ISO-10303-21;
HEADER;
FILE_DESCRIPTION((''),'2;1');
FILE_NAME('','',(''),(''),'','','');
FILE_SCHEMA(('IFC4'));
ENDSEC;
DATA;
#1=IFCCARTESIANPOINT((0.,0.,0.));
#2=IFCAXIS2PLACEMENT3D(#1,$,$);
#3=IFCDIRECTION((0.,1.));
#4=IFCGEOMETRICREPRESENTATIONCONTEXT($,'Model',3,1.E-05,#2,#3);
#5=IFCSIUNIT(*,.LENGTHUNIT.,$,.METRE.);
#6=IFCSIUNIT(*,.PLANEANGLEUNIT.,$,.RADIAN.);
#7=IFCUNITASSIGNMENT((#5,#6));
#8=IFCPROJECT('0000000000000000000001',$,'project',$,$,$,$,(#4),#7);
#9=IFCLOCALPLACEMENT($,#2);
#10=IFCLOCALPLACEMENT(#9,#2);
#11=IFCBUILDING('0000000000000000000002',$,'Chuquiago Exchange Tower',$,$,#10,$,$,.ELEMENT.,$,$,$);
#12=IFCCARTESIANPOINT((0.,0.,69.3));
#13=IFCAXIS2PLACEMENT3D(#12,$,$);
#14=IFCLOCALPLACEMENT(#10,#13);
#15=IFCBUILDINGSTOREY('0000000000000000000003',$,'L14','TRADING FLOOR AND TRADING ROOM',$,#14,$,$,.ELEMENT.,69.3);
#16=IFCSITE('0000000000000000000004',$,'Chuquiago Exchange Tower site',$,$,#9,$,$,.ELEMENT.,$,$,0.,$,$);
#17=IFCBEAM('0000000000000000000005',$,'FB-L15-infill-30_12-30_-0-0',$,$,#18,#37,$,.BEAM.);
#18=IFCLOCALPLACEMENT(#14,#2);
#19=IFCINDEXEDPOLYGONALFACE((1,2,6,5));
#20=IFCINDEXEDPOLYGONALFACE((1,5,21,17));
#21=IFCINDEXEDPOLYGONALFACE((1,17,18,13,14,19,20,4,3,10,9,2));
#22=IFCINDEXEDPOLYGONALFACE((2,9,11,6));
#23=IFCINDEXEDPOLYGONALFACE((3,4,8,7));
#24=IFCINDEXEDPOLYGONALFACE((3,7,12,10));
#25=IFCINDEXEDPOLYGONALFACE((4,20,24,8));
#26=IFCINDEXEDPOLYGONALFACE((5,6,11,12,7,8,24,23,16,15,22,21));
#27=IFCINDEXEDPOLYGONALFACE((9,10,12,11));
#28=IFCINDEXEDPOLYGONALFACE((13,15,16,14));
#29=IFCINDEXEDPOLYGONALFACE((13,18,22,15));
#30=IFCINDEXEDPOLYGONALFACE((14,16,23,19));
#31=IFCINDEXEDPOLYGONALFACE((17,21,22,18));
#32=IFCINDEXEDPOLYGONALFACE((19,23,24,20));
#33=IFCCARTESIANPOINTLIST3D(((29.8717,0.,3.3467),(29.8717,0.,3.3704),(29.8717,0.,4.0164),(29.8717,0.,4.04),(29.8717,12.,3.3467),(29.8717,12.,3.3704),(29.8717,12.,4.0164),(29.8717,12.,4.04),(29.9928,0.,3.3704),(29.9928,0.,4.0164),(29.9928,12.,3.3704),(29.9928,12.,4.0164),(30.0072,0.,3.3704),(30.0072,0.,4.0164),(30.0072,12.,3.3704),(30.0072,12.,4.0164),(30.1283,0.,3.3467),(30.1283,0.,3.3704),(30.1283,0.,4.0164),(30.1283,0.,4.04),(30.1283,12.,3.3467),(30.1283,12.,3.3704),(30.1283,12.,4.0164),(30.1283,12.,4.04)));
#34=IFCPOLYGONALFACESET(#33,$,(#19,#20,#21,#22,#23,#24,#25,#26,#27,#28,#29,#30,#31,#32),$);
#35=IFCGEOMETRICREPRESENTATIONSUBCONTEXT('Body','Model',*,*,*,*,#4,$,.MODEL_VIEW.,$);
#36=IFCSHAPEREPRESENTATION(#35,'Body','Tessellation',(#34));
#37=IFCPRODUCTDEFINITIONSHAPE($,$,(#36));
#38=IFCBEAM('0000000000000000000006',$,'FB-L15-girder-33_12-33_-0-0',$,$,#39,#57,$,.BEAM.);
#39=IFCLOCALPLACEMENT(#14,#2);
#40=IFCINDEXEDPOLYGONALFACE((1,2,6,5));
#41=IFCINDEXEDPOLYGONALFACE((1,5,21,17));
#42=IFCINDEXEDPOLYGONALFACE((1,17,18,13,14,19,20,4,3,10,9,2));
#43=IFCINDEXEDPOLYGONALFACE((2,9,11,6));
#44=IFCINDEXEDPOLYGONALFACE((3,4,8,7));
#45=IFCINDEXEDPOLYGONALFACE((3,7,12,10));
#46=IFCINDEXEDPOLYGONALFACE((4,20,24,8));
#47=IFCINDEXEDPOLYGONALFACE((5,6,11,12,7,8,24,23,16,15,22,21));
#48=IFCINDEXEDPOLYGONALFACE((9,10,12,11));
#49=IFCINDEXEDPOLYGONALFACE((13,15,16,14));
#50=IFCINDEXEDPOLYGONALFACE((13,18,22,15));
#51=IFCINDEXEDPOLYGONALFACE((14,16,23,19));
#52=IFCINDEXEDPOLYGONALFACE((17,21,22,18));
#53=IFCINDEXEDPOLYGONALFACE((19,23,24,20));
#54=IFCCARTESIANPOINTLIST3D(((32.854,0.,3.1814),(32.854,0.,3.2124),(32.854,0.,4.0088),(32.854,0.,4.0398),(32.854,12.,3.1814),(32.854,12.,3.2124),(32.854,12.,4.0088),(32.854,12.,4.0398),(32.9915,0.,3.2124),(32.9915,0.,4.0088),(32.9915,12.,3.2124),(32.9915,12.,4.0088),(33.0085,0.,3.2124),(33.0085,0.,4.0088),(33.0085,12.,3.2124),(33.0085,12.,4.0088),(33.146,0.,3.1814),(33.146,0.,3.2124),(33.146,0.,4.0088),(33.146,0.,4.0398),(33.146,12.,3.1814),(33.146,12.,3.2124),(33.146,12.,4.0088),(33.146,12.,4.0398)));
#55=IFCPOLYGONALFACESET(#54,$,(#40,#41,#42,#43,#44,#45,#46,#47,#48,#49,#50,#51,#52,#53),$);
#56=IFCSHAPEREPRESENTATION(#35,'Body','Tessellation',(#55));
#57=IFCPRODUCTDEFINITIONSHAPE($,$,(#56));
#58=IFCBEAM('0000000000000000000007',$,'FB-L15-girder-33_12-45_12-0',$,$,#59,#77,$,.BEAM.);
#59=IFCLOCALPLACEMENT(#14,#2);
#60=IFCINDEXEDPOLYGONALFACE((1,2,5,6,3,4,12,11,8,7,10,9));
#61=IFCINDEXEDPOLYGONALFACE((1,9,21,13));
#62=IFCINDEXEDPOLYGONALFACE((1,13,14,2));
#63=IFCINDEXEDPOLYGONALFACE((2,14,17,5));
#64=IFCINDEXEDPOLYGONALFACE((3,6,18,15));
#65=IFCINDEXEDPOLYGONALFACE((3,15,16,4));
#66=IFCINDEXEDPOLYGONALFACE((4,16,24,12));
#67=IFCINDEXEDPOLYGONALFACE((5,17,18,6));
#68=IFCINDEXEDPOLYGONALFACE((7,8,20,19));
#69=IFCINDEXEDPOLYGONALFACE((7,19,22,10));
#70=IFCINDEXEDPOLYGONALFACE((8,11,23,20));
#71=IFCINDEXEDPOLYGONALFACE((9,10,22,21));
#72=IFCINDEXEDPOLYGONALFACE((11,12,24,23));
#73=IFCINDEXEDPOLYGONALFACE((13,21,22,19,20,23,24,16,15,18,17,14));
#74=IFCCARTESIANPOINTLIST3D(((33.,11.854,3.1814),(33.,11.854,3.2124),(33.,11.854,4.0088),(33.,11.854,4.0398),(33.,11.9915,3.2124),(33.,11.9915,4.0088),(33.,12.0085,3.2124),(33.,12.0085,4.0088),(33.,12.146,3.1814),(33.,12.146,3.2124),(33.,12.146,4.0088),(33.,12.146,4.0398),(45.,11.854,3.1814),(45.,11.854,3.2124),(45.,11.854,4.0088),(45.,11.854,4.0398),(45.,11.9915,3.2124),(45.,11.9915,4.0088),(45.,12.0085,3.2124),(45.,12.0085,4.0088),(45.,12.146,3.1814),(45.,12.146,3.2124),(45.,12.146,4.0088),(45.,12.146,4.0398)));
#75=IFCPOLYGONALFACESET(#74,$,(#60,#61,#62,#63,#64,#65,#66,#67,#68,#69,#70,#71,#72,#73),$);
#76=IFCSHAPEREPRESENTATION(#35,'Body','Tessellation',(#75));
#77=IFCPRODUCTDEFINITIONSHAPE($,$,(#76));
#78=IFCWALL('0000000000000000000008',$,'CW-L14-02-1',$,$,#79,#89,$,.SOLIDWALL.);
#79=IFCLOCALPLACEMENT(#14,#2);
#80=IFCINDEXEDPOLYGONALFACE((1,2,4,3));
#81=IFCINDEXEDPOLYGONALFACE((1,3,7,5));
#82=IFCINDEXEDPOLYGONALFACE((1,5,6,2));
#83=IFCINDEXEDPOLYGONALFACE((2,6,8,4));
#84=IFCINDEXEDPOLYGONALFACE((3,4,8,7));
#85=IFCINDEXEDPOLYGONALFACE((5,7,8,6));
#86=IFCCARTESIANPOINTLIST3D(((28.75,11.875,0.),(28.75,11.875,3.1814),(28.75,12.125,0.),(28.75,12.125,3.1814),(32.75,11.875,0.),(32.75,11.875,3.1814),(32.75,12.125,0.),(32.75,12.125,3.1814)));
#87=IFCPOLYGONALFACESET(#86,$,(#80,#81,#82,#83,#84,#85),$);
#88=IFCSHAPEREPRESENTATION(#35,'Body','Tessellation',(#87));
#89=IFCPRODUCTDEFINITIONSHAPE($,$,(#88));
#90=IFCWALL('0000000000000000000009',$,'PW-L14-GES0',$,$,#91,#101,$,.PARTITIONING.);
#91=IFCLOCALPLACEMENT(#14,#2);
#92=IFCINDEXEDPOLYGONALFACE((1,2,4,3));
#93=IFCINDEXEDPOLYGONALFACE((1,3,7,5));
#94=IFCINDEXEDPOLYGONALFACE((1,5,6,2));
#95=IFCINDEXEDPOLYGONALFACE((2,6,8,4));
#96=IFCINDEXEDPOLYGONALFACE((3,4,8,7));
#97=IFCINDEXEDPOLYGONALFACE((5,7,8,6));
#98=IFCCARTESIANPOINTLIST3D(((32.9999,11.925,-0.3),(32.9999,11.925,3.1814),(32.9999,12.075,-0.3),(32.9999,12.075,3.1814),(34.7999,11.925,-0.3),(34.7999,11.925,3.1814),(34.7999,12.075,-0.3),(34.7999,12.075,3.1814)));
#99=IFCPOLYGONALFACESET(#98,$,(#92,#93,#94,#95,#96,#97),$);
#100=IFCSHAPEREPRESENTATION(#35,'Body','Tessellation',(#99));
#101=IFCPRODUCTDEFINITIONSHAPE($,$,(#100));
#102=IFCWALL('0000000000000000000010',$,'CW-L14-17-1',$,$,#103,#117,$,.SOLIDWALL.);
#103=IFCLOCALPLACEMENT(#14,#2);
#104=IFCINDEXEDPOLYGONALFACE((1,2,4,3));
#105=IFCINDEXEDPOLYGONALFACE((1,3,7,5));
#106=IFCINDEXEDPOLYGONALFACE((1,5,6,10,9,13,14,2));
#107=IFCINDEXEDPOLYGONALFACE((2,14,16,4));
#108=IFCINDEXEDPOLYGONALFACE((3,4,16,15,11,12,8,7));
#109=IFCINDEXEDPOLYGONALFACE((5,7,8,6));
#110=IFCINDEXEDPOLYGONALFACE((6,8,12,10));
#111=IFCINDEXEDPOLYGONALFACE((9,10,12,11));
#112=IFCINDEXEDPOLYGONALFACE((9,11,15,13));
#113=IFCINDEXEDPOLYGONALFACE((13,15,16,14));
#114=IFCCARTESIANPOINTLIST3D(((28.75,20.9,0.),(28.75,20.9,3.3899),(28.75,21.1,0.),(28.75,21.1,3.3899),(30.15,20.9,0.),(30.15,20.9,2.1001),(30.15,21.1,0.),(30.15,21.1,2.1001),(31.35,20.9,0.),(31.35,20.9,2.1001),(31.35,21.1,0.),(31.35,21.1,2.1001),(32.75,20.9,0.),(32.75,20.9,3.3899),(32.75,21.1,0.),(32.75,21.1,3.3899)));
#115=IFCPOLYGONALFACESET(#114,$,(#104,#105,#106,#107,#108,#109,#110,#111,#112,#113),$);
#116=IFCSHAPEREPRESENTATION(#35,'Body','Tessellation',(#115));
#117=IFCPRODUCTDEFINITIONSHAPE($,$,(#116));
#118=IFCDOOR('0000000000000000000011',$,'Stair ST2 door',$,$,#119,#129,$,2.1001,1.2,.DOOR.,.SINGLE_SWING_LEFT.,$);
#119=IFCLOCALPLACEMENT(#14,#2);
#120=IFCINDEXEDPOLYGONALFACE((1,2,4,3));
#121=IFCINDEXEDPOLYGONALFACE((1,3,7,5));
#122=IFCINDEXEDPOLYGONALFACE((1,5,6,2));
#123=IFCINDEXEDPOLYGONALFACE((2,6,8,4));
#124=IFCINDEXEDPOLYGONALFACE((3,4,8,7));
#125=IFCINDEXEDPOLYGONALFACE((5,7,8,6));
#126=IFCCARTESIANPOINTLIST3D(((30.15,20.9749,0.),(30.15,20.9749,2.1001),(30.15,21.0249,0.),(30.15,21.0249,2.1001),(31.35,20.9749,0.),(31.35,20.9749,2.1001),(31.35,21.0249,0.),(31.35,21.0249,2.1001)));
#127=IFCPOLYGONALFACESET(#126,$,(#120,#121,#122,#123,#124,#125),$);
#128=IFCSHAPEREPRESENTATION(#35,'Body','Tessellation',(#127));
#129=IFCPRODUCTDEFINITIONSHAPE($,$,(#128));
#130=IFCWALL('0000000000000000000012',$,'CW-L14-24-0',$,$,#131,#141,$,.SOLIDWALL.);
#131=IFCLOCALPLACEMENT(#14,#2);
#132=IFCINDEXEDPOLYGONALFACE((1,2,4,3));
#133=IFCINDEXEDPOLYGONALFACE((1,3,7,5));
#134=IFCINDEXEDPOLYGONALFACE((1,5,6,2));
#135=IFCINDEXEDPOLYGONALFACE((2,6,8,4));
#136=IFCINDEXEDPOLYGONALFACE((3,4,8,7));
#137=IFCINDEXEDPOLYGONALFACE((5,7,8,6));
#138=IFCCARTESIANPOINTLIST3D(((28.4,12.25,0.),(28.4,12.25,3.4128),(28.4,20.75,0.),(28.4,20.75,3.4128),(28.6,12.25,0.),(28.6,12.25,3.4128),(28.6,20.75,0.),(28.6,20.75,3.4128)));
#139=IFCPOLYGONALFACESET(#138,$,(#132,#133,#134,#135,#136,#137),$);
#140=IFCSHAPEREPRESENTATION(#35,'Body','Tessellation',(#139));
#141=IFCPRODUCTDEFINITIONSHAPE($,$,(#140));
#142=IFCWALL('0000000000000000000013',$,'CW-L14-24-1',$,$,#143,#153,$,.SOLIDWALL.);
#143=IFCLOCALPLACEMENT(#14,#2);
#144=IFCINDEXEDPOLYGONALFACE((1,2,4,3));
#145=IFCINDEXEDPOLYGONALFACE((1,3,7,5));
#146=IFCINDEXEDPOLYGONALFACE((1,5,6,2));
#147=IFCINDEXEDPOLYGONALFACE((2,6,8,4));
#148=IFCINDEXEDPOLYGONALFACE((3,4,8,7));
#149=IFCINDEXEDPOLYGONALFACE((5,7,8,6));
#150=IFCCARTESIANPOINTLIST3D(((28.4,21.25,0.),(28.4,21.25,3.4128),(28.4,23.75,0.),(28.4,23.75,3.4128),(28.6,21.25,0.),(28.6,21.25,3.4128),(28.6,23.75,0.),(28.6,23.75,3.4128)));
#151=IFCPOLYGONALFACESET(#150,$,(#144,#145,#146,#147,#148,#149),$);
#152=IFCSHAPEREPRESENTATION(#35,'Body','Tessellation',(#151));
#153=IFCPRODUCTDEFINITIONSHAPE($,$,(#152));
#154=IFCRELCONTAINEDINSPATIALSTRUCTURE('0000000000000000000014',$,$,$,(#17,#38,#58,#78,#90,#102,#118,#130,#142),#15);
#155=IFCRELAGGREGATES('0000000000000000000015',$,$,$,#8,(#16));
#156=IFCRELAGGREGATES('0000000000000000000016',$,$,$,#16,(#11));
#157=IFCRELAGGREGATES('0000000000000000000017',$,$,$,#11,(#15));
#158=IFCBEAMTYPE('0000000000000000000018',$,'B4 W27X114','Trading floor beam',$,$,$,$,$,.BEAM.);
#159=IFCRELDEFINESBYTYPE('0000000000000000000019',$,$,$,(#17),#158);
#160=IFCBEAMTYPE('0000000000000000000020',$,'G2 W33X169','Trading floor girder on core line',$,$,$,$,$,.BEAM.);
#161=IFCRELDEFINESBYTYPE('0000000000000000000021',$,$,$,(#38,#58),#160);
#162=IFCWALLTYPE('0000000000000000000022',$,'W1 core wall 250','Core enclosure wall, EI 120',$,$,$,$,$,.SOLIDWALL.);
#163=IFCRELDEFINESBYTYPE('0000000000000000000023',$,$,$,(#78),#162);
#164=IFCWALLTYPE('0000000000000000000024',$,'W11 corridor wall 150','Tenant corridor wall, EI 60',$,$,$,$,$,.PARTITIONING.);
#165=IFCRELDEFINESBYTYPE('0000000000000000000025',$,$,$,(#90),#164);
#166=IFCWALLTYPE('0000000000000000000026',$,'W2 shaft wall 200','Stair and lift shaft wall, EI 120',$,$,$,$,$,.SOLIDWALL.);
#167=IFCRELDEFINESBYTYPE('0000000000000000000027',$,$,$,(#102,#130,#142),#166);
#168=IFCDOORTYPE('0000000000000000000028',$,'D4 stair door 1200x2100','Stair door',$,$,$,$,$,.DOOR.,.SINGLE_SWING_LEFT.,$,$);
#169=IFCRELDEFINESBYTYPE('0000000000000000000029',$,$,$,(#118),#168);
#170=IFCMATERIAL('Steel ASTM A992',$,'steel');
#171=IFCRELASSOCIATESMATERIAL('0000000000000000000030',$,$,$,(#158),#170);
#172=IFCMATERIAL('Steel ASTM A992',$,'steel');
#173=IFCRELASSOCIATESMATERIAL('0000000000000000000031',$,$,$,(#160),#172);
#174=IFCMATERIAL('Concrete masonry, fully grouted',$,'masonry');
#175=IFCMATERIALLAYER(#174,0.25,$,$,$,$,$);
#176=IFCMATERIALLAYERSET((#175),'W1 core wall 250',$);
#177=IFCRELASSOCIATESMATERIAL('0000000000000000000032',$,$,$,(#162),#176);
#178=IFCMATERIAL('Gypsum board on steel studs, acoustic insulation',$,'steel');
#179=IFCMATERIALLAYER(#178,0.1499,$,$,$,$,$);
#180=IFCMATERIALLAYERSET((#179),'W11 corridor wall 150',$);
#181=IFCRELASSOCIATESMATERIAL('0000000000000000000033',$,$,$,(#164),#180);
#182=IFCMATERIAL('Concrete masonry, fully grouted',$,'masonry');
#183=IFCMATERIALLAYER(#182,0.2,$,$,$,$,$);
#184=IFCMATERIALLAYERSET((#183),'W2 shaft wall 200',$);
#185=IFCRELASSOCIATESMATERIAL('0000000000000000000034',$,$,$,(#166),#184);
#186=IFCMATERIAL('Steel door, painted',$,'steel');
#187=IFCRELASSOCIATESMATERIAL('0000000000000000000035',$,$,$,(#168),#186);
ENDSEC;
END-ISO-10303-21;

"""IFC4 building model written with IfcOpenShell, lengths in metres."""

from ifc_helpers import new_model, si_unit, direction, frame, frame_2d, origin, origin_2d, place, context, subcontext, project, spatial, rectangle, i_section, extrude, material, layer, layer_set, material_profile, profile_set, type_object, element, fill, save


model = new_model("IFC4")

# Units and contexts
model_context = context("Model", 3, precision=1e-05, world=origin(), true_north=direction((0.0, 1.0)))
body_context = subcontext(model_context, "Body", "Model", "MODEL_VIEW")
ifc_project = project(units=[si_unit("LENGTHUNIT", "METRE"), si_unit("PLANEANGLEUNIT", "RADIAN")], contexts=[model_context])

# Site, building, storey
site_placement = place(None, origin())
site = spatial("IfcSite", under=ifc_project, at=site_placement, Name="Chuquiago Exchange Tower site", CompositionType="ELEMENT", RefElevation=0.0)
building_placement = place(site_placement, origin())
building = spatial("IfcBuilding", under=site, at=building_placement, Name="Chuquiago Exchange Tower", CompositionType="ELEMENT")
storey_placement = place(building_placement, frame((0.0, 0.0, 69.3)))
storey = spatial("IfcBuildingStorey", under=building, at=storey_placement, Name="L14", Description="TRADING FLOOR AND TRADING ROOM", CompositionType="ELEMENT", Elevation=69.3)

# Beams
ifc_material_1 = material(Name="Steel ASTM A992", Category="steel")
ifc_material_profile_1 = material_profile(ifc_material_1, i_section(OverallWidth=0.2566, OverallDepth=0.6934, WebThickness=0.0144, FlangeThickness=0.0237, at=origin_2d()), Name="W27X114")
ifc_profile_set_1 = profile_set([ifc_material_profile_1], Name="Steel ASTM A992")
beam_type_1 = type_object("IfcBeamType", Name="B4 W27X114", Description="Trading floor beam", PredefinedType="BEAM", material=ifc_profile_set_1)
beam_1_placement = place(storey_placement, frame((30.0, 12.0, 3.6934), z_axis=(0.0, -1.0, 0.0), x_axis=(1.0, 0.0, 0.0)))
element("IfcBeam", 1, at=beam_1_placement, inside=storey, type_object=beam_type_1, Name="FB-L15-infill-30_12-30_-0-0", PredefinedType="BEAM", context=body_context, shape_type="SweptSolid", body=[
    extrude(i_section(OverallWidth=0.2566, OverallDepth=0.6934, WebThickness=0.0144, FlangeThickness=0.0237, at=origin_2d()), origin(), (0.0, 0.0, 1.0), 12.0),
])
ifc_material_2 = material(Name="Steel ASTM A992", Category="steel")
ifc_material_profile_2 = material_profile(ifc_material_2, i_section(OverallWidth=0.292, OverallDepth=0.8584, WebThickness=0.0171, FlangeThickness=0.031, at=origin_2d()), Name="W33X169")
ifc_profile_set_2 = profile_set([ifc_material_profile_2], Name="Steel ASTM A992")
beam_type_2 = type_object("IfcBeamType", Name="G2 W33X169", Description="Trading floor girder on core line", PredefinedType="BEAM", material=ifc_profile_set_2)
for number, where, z_axis, x_axis, name in (
    (2, (33.0, 12.0, 3.6106), (0.0, -1.0, 0.0), (1.0, 0.0, 0.0), "FB-L15-girder-33_12-33_-0-0"),
    (3, (33.0, 12.0, 3.6106), (1.0, 0.0, 0.0), (0.0, 1.0, 0.0), "FB-L15-girder-33_12-45_12-0"),
):
    element("IfcBeam", number, at=place(storey_placement, frame(where, z_axis=z_axis, x_axis=x_axis)), inside=storey, type_object=beam_type_2, Name=name, PredefinedType="BEAM", context=body_context, shape_type="SweptSolid", body=[
        extrude(i_section(OverallWidth=0.292, OverallDepth=0.8584, WebThickness=0.0171, FlangeThickness=0.031, at=origin_2d()), origin(), (0.0, 0.0, 1.0), 12.0),
    ])

# Walls
ifc_material_3 = material(Name="Concrete masonry, fully grouted", Category="masonry")
ifc_layer_1 = layer(ifc_material_3, 0.25)
ifc_layer_set_1 = layer_set([ifc_layer_1], Name="W1 core wall 250")
wall_type_1 = type_object("IfcWallType", Name="W1 core wall 250", Description="Core enclosure wall, EI 120", PredefinedType="SOLIDWALL", material=ifc_layer_set_1)
wall_1_placement = place(storey_placement, frame((28.75, 12.0, 0.0), z_axis=(0.0, 0.0, 1.0), x_axis=(1.0, 0.0, 0.0)))
element("IfcWall", 4, at=wall_1_placement, inside=storey, type_object=wall_type_1, Name="CW-L14-02-1", PredefinedType="SOLIDWALL", context=body_context, shape_type="SweptSolid", body=[
    extrude(rectangle(XDim=4.0, YDim=0.25, at=frame_2d((2.0, 0.0))), origin(), (0.0, 0.0, 1.0), 3.1814),
])
ifc_material_4 = material(Name="Gypsum board on steel studs, acoustic insulation", Category="steel")
ifc_layer_2 = layer(ifc_material_4, 0.1499)
ifc_layer_set_2 = layer_set([ifc_layer_2], Name="W11 corridor wall 150")
wall_type_2 = type_object("IfcWallType", Name="W11 corridor wall 150", Description="Tenant corridor wall, EI 60", PredefinedType="PARTITIONING", material=ifc_layer_set_2)
wall_2_placement = place(storey_placement, frame((33.0, 12.0, -0.3), z_axis=(0.0, 0.0, 1.0), x_axis=(1.0, 0.0, 0.0)))
element("IfcWall", 5, at=wall_2_placement, inside=storey, type_object=wall_type_2, Name="PW-L14-GES0", PredefinedType="PARTITIONING", context=body_context, shape_type="SweptSolid", body=[
    extrude(rectangle(XDim=1.8, YDim=0.1499, at=frame_2d((0.8999, 0.0))), origin(), (0.0, 0.0, 1.0), 3.4814),
])

# Wall, opening, door
ifc_material_5 = material(Name="Concrete masonry, fully grouted", Category="masonry")
ifc_layer_3 = layer(ifc_material_5, 0.2)
ifc_layer_set_3 = layer_set([ifc_layer_3], Name="W2 shaft wall 200")
wall_type_3 = type_object("IfcWallType", Name="W2 shaft wall 200", Description="Stair and lift shaft wall, EI 120", PredefinedType="SOLIDWALL", material=ifc_layer_set_3)
wall_3_placement = place(storey_placement, frame((28.75, 21.0, 0.0), z_axis=(0.0, 0.0, 1.0), x_axis=(1.0, 0.0, 0.0)))
wall_3 = element("IfcWall", 6, at=wall_3_placement, inside=storey, type_object=wall_type_3, Name="CW-L14-17-1", PredefinedType="SOLIDWALL", context=body_context, shape_type="SweptSolid", body=[
    extrude(rectangle(XDim=4.0, YDim=0.2, at=frame_2d((2.0, 0.0))), origin(), (0.0, 0.0, 1.0), 3.3899),
])
opening_placement = place(wall_3_placement, frame((1.3999, 0.0, 0.0)))
opening = element("IfcOpeningElement", 7, at=opening_placement, cuts=wall_3, PredefinedType="OPENING", context=body_context, shape_type="SweptSolid", body=[
    extrude(rectangle(XDim=1.2, YDim=2.1001, at=frame_2d((0.6001, 1.05))), frame((0.0, 0.1099, 0.0), z_axis=(0.0, -1.0, 0.0), x_axis=(1.0, 0.0, 0.0)), (0.0, 0.0, 1.0), 0.22),
])
ifc_material_6 = material(Name="Steel door, painted", Category="steel")
door_type = type_object("IfcDoorType", Name="D4 stair door 1200x2100", Description="Stair door", OperationType="SINGLE_SWING_LEFT", PredefinedType="DOOR", material=ifc_material_6)
door_placement = place(opening_placement, origin())
door = element("IfcDoor", 8, at=door_placement, inside=storey, type_object=door_type, Name="Stair ST2 door", OperationType="SINGLE_SWING_LEFT", OverallHeight=2.1001, OverallWidth=1.2, PredefinedType="DOOR", context=body_context, shape_type="SweptSolid", body=[
    extrude(rectangle(XDim=1.2, YDim=2.1001, at=frame_2d((0.6001, 1.05))), frame((0.0, 0.0249, 0.0), z_axis=(0.0, -1.0, 0.0), x_axis=(1.0, 0.0, 0.0)), (0.0, 0.0, 1.0), 0.05),
])
fill(opening, door)

# Walls
wall_4_placement = place(storey_placement, frame((28.5, 12.25, 0.0), z_axis=(0.0, 0.0, 1.0), x_axis=(0.0, 1.0, 0.0)))
element("IfcWall", 9, at=wall_4_placement, inside=storey, type_object=wall_type_3, Name="CW-L14-24-0", PredefinedType="SOLIDWALL", context=body_context, shape_type="SweptSolid", body=[
    extrude(rectangle(XDim=8.5, YDim=0.2, at=frame_2d((4.25, 0.0))), origin(), (0.0, 0.0, 1.0), 3.4128),
])
wall_5_placement = place(storey_placement, frame((28.5, 21.25, 0.0), z_axis=(0.0, 0.0, 1.0), x_axis=(0.0, 1.0, 0.0)))
element("IfcWall", 10, at=wall_5_placement, inside=storey, type_object=wall_type_3, Name="CW-L14-24-1", PredefinedType="SOLIDWALL", context=body_context, shape_type="SweptSolid", body=[
    extrude(rectangle(XDim=2.5, YDim=0.2, at=frame_2d((1.25, 0.0))), origin(), (0.0, 0.0, 1.0), 3.4128),
])

save(model, "model.ifc")
